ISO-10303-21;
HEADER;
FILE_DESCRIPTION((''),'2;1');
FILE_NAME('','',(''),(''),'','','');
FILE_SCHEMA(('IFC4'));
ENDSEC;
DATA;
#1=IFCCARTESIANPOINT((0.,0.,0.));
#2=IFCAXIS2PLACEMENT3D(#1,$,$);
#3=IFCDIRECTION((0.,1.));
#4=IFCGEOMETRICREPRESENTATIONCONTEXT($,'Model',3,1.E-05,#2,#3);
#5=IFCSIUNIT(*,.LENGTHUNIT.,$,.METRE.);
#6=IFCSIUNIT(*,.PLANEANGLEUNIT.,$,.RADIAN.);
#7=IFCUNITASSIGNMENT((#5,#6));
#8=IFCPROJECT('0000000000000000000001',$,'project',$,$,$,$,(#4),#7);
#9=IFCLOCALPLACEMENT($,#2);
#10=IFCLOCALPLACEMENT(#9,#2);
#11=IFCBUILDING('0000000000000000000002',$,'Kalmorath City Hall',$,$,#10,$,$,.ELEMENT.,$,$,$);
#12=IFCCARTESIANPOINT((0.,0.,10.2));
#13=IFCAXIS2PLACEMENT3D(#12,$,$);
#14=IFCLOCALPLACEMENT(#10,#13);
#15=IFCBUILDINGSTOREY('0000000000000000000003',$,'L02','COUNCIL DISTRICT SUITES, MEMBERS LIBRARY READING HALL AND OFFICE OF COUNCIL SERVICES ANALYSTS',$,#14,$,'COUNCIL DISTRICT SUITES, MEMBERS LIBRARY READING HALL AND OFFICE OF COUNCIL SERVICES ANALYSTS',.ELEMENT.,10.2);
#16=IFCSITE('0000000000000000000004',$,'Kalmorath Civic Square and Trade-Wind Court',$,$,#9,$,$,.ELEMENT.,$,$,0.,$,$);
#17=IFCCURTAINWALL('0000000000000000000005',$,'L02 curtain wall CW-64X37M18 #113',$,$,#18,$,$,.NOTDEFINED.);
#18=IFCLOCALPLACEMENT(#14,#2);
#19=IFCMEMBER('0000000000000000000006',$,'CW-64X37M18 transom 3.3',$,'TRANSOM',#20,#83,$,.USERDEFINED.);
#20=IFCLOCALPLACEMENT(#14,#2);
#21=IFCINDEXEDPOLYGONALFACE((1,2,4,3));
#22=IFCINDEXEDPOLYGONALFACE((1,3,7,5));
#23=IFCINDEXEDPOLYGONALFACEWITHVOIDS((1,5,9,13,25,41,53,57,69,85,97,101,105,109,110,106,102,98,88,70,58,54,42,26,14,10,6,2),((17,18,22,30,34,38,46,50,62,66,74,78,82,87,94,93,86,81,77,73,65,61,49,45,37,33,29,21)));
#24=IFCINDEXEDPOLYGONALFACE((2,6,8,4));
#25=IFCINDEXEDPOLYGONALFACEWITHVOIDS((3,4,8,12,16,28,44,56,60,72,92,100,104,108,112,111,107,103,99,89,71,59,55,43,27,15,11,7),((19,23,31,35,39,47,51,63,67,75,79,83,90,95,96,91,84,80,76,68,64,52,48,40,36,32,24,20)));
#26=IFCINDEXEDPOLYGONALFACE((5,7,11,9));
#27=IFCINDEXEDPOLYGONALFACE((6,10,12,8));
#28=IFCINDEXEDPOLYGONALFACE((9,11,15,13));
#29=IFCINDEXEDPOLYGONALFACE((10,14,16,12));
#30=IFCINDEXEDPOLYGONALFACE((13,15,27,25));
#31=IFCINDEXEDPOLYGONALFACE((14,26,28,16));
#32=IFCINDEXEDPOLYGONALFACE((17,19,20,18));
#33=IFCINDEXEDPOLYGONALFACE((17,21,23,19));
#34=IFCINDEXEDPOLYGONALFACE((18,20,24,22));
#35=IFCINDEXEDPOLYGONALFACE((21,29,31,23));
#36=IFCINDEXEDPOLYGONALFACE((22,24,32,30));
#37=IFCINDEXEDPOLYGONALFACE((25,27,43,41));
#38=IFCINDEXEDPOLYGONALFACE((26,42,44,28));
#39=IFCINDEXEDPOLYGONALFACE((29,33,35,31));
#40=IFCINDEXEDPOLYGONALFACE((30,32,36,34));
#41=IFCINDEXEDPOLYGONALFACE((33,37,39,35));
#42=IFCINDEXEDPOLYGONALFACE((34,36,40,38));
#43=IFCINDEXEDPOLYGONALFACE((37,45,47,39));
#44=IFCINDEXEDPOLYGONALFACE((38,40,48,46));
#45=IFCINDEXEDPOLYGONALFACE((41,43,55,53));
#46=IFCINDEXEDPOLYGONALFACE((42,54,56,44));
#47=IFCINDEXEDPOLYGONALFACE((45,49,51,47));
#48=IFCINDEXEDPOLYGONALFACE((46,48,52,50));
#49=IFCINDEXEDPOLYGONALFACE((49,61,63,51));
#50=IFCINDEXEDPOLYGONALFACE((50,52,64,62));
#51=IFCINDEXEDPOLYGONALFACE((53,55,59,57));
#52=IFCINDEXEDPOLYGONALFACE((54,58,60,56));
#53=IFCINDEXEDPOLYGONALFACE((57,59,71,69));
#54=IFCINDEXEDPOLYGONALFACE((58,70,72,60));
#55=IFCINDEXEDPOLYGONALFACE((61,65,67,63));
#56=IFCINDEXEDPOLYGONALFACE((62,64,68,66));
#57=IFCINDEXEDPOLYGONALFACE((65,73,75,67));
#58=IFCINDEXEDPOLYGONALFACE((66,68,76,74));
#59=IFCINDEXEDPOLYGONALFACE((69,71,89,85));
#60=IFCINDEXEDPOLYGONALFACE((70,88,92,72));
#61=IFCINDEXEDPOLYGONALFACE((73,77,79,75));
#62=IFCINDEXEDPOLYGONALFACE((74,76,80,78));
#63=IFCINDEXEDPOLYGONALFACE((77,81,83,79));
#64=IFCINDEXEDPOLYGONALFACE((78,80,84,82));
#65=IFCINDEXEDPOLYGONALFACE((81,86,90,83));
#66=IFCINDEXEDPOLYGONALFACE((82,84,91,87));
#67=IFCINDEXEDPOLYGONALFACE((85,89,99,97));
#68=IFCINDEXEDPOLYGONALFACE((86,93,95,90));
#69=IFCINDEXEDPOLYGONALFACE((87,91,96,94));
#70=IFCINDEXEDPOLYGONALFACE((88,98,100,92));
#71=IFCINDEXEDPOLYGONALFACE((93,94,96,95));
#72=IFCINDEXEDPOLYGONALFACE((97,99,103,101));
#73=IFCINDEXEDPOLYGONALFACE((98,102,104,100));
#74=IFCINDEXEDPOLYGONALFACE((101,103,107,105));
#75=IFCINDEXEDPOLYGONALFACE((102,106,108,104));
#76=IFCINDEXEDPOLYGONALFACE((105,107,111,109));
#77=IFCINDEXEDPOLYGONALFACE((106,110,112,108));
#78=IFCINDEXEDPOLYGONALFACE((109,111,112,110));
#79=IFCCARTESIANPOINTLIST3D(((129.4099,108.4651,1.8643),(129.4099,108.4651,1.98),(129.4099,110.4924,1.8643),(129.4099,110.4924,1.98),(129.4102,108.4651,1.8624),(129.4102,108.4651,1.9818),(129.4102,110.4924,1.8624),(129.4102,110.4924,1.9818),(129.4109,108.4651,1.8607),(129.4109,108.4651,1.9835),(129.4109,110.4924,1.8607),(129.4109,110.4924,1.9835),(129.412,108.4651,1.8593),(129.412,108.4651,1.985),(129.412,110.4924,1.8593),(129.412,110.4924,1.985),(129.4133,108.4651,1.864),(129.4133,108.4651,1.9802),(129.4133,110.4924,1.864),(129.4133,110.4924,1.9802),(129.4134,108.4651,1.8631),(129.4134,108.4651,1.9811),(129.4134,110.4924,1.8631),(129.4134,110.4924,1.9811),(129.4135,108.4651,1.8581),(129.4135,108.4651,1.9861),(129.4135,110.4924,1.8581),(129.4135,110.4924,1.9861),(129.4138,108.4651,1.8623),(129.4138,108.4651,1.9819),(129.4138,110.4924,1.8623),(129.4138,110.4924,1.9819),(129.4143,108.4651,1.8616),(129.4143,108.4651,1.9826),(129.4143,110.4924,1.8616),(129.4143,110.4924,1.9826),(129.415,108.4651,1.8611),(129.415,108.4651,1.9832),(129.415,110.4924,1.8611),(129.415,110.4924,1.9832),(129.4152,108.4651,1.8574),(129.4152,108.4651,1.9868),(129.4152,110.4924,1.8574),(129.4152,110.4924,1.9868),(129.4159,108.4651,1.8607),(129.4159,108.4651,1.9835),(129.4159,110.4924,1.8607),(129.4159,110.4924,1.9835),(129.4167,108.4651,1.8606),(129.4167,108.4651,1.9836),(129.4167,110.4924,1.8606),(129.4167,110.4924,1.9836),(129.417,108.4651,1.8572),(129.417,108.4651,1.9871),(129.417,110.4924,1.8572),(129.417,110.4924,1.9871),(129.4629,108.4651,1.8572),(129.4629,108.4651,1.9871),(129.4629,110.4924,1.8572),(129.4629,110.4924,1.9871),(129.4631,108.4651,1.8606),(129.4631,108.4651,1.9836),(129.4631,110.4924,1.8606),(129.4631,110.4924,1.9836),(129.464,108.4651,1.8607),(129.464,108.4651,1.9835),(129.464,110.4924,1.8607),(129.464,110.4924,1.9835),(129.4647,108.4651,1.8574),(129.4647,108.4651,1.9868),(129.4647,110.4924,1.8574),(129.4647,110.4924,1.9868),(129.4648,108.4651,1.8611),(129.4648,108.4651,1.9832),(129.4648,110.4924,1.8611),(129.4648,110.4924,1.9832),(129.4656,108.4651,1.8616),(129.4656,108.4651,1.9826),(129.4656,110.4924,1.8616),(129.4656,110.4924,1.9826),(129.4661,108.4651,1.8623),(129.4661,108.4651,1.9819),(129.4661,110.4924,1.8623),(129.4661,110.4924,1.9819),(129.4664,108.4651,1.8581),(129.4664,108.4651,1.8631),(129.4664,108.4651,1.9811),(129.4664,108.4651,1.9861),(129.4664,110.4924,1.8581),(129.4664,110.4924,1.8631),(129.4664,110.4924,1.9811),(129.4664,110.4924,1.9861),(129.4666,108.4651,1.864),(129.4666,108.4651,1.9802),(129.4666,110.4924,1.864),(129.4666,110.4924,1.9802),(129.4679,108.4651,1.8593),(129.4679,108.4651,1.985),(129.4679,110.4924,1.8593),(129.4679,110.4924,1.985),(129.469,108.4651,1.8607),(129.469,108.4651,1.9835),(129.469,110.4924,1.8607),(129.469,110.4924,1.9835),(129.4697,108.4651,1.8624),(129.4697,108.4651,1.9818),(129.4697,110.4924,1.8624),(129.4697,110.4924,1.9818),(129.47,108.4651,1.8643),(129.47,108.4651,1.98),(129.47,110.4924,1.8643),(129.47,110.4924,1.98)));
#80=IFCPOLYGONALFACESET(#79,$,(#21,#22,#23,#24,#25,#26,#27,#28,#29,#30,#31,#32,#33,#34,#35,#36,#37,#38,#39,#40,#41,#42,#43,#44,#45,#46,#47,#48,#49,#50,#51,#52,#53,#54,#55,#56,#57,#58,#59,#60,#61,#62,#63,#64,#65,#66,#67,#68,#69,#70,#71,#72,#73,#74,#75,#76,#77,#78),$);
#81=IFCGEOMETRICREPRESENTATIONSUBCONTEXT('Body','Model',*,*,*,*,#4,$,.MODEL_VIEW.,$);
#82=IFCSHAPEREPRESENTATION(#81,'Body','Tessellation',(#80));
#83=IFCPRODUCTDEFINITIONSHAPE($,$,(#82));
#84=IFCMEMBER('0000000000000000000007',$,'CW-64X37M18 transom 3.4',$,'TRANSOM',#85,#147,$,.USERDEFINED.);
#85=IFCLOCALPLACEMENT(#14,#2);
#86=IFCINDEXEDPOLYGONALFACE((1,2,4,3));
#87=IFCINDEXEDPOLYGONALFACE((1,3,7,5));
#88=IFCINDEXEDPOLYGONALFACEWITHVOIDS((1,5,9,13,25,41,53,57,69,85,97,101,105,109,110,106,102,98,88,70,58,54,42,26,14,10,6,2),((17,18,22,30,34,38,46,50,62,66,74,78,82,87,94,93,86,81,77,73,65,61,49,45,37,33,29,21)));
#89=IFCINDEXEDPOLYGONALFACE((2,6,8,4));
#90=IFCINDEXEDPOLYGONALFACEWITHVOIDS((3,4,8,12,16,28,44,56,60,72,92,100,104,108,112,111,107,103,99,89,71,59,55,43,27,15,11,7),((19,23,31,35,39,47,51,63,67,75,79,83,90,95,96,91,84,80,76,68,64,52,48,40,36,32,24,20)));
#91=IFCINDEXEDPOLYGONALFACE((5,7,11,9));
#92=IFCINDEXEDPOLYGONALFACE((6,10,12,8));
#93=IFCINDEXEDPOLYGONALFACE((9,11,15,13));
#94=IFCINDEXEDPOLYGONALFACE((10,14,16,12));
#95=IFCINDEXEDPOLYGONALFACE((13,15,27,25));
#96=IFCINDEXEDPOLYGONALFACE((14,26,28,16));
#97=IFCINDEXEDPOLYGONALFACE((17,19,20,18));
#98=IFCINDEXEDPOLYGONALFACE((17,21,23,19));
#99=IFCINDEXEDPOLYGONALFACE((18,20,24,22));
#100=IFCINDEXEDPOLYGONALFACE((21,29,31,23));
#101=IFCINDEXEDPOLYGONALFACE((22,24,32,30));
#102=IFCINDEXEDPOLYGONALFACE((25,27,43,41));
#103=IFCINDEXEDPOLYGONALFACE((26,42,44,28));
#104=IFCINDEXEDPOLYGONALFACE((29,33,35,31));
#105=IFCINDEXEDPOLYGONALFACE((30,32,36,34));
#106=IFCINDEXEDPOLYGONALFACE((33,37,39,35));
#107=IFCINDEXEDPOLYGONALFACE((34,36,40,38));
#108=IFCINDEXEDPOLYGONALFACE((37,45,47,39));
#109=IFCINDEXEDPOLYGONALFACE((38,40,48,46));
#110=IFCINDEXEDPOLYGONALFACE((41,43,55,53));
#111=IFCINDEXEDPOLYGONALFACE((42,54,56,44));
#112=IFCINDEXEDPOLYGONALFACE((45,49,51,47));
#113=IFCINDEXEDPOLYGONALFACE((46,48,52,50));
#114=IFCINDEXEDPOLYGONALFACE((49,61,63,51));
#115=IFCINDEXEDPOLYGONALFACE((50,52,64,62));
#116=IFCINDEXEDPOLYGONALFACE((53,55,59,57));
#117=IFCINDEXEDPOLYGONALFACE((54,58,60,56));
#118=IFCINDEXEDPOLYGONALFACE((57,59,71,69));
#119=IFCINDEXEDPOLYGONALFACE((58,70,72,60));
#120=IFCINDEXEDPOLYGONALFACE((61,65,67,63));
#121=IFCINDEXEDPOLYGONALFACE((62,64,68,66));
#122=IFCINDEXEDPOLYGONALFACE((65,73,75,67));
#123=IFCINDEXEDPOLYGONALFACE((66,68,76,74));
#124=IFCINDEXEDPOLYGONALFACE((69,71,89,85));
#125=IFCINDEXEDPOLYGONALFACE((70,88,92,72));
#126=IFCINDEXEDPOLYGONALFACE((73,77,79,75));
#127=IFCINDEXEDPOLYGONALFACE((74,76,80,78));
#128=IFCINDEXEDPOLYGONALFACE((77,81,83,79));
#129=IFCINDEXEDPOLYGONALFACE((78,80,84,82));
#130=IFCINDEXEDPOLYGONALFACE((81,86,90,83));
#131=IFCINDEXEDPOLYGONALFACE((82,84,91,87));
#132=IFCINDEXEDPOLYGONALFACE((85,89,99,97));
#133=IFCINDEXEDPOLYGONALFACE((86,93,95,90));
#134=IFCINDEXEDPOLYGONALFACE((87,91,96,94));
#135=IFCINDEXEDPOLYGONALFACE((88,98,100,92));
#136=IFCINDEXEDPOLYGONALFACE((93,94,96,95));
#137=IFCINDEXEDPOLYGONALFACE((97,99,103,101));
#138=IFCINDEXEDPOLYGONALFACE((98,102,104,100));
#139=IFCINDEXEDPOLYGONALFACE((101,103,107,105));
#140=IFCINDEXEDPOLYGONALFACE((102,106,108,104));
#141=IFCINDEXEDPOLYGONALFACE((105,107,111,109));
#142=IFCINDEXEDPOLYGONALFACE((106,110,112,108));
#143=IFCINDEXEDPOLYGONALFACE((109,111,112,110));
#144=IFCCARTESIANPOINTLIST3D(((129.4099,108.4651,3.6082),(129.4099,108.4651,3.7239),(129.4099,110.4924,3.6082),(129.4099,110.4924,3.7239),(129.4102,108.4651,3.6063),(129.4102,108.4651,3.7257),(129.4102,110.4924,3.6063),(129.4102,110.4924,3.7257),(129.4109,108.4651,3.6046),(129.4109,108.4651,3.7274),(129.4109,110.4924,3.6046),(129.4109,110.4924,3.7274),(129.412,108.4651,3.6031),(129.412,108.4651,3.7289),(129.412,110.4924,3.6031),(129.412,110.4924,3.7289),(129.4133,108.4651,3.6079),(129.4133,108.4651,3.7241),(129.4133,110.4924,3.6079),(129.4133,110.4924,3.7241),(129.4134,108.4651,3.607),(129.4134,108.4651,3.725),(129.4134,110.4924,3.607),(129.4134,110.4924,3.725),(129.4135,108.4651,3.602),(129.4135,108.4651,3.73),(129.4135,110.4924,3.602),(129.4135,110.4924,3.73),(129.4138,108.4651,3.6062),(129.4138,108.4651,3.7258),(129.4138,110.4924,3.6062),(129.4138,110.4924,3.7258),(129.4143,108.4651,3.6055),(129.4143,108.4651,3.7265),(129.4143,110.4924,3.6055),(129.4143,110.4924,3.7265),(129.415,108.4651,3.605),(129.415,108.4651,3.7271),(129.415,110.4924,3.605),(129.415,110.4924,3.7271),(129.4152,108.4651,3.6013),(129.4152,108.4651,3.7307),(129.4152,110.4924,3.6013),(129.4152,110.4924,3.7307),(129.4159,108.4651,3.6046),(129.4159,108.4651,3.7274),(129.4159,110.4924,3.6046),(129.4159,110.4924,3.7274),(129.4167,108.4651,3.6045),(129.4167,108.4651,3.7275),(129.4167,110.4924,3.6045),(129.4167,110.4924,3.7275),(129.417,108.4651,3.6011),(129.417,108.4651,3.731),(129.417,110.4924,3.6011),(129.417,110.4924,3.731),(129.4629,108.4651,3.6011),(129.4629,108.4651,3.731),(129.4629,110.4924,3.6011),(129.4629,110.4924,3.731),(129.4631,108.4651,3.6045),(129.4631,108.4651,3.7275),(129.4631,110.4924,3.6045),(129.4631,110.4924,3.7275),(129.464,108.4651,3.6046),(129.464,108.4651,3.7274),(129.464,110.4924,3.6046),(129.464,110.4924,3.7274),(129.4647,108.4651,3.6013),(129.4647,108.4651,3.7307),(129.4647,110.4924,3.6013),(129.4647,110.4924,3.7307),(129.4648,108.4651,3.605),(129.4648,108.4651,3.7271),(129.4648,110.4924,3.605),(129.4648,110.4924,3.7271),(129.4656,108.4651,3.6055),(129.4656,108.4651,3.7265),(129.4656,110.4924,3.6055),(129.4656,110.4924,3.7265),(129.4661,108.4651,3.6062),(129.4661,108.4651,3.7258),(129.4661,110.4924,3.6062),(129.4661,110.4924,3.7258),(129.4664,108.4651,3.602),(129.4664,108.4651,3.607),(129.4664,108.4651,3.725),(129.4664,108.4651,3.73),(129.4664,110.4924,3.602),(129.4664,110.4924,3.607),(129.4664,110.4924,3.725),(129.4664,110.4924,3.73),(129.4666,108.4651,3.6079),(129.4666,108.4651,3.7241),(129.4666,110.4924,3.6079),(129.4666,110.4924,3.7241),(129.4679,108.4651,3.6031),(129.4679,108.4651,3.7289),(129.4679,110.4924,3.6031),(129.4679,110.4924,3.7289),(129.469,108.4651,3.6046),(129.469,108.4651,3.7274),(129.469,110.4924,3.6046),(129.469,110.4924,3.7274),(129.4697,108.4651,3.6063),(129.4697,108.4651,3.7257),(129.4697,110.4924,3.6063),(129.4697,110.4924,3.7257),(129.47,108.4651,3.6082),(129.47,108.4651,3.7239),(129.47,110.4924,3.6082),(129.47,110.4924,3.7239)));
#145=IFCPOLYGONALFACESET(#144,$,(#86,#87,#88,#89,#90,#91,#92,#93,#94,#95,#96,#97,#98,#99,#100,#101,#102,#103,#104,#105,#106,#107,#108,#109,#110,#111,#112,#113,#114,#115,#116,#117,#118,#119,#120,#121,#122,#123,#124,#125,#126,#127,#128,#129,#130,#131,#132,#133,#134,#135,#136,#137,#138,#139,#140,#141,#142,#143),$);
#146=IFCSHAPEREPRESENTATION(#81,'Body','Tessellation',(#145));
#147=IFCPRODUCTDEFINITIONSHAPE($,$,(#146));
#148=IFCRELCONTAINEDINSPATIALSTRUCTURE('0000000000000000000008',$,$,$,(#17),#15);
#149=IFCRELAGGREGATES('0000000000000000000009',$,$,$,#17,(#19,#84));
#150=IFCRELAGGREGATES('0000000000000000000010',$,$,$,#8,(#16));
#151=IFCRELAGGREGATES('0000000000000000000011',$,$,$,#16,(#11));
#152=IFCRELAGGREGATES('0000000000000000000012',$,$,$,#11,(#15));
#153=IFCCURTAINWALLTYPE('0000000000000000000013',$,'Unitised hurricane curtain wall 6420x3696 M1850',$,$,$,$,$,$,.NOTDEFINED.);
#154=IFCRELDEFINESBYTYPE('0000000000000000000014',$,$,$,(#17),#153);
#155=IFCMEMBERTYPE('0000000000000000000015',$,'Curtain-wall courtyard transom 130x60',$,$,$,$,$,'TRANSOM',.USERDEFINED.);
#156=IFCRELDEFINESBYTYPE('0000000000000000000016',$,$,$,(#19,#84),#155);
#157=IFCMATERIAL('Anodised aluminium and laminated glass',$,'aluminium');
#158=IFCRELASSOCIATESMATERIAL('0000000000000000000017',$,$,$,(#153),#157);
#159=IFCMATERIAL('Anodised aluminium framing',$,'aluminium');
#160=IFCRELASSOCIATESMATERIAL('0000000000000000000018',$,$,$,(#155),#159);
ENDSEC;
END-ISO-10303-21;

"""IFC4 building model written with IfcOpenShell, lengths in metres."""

from ifc_helpers import new_model, si_unit, direction, frame, origin, origin_2d, place, context, subcontext, project, spatial, hollow_rectangle, extrude, material, material_profile, profile_set, type_object, element, aggregate, save


model = new_model("IFC4")

# Units and contexts
model_context = context("Model", 3, precision=1e-05, world=origin(), true_north=direction((0.0, 1.0)))
body_context = subcontext(model_context, "Body", "Model", "MODEL_VIEW")
ifc_project = project(units=[si_unit("LENGTHUNIT", "METRE"), si_unit("PLANEANGLEUNIT", "RADIAN")], contexts=[model_context])

# Site, building, storey
site_placement = place(None, origin())
site = spatial("IfcSite", under=ifc_project, at=site_placement, Name="Kalmorath Civic Square and Trade-Wind Court", CompositionType="ELEMENT", RefElevation=0.0)
building_placement = place(site_placement, origin())
building = spatial("IfcBuilding", under=site, at=building_placement, Name="Kalmorath City Hall", CompositionType="ELEMENT")
storey_placement = place(building_placement, frame((0.0, 0.0, 10.2)))
storey = spatial("IfcBuildingStorey", under=building, at=storey_placement, Name="L02", Description="COUNCIL DISTRICT SUITES, MEMBERS LIBRARY READING HALL AND OFFICE OF COUNCIL SERVICES ANALYSTS", LongName="COUNCIL DISTRICT SUITES, MEMBERS LIBRARY READING HALL AND OFFICE OF COUNCIL SERVICES ANALYSTS", CompositionType="ELEMENT", Elevation=10.2)

# Curtain wall, members
ifc_material_1 = material(Name="Anodised aluminium and laminated glass", Category="aluminium")
curtain_wall_type = type_object("IfcCurtainWallType", Name="Unitised hurricane curtain wall 6420x3696 M1850", PredefinedType="NOTDEFINED", material=ifc_material_1)
curtain_wall_placement = place(storey_placement, origin())
curtain_wall = element("IfcCurtainWall", 1, at=curtain_wall_placement, inside=storey, type_object=curtain_wall_type, Name="L02 curtain wall CW-64X37M18 #113", PredefinedType="NOTDEFINED")
ifc_material_2 = material(Name="Anodised aluminium framing", Category="aluminium")
ifc_material_profile_1 = material_profile(ifc_material_2, hollow_rectangle(XDim=0.0601, YDim=0.1299, WallThickness=0.0034, InnerFilletRadius=0.0034, OuterFilletRadius=0.0071, at=origin_2d()), Name="ALU-TRN-130X60X3.5")
ifc_profile_set_1 = profile_set([ifc_material_profile_1], Name="Anodised aluminium framing")
member_type_1 = type_object("IfcMemberType", Name="Curtain-wall courtyard transom 130x60", ElementType="TRANSOM", PredefinedType="USERDEFINED", material=ifc_profile_set_1)
member_1_placement = place(storey_placement, frame((129.4399, 110.4924, 1.9221), z_axis=(0.0, -1.0, 0.0), x_axis=(1.0, 0.0, 0.0)))
member_1 = element("IfcMember", 2, at=member_1_placement, type_object=member_type_1, Name="CW-64X37M18 transom 3.3", ObjectType="TRANSOM", PredefinedType="USERDEFINED", context=body_context, shape_type="SweptSolid", body=[
    extrude(hollow_rectangle(XDim=0.0601, YDim=0.1299, WallThickness=0.0034, InnerFilletRadius=0.0034, OuterFilletRadius=0.0071, at=origin_2d()), origin(), (0.0, 0.0, 1.0), 2.0273),
])
member_2_placement = place(storey_placement, frame((129.4399, 110.4924, 3.666), z_axis=(0.0, -1.0, 0.0), x_axis=(1.0, 0.0, 0.0)))
member_2 = element("IfcMember", 3, at=member_2_placement, type_object=member_type_1, Name="CW-64X37M18 transom 3.4", ObjectType="TRANSOM", PredefinedType="USERDEFINED", context=body_context, shape_type="SweptSolid", body=[
    extrude(hollow_rectangle(XDim=0.0601, YDim=0.1299, WallThickness=0.0034, InnerFilletRadius=0.0034, OuterFilletRadius=0.0071, at=origin_2d()), origin(), (0.0, 0.0, 1.0), 2.0273),
])

aggregate(curtain_wall, [member_1, member_2])

save(model, "model.ifc")
